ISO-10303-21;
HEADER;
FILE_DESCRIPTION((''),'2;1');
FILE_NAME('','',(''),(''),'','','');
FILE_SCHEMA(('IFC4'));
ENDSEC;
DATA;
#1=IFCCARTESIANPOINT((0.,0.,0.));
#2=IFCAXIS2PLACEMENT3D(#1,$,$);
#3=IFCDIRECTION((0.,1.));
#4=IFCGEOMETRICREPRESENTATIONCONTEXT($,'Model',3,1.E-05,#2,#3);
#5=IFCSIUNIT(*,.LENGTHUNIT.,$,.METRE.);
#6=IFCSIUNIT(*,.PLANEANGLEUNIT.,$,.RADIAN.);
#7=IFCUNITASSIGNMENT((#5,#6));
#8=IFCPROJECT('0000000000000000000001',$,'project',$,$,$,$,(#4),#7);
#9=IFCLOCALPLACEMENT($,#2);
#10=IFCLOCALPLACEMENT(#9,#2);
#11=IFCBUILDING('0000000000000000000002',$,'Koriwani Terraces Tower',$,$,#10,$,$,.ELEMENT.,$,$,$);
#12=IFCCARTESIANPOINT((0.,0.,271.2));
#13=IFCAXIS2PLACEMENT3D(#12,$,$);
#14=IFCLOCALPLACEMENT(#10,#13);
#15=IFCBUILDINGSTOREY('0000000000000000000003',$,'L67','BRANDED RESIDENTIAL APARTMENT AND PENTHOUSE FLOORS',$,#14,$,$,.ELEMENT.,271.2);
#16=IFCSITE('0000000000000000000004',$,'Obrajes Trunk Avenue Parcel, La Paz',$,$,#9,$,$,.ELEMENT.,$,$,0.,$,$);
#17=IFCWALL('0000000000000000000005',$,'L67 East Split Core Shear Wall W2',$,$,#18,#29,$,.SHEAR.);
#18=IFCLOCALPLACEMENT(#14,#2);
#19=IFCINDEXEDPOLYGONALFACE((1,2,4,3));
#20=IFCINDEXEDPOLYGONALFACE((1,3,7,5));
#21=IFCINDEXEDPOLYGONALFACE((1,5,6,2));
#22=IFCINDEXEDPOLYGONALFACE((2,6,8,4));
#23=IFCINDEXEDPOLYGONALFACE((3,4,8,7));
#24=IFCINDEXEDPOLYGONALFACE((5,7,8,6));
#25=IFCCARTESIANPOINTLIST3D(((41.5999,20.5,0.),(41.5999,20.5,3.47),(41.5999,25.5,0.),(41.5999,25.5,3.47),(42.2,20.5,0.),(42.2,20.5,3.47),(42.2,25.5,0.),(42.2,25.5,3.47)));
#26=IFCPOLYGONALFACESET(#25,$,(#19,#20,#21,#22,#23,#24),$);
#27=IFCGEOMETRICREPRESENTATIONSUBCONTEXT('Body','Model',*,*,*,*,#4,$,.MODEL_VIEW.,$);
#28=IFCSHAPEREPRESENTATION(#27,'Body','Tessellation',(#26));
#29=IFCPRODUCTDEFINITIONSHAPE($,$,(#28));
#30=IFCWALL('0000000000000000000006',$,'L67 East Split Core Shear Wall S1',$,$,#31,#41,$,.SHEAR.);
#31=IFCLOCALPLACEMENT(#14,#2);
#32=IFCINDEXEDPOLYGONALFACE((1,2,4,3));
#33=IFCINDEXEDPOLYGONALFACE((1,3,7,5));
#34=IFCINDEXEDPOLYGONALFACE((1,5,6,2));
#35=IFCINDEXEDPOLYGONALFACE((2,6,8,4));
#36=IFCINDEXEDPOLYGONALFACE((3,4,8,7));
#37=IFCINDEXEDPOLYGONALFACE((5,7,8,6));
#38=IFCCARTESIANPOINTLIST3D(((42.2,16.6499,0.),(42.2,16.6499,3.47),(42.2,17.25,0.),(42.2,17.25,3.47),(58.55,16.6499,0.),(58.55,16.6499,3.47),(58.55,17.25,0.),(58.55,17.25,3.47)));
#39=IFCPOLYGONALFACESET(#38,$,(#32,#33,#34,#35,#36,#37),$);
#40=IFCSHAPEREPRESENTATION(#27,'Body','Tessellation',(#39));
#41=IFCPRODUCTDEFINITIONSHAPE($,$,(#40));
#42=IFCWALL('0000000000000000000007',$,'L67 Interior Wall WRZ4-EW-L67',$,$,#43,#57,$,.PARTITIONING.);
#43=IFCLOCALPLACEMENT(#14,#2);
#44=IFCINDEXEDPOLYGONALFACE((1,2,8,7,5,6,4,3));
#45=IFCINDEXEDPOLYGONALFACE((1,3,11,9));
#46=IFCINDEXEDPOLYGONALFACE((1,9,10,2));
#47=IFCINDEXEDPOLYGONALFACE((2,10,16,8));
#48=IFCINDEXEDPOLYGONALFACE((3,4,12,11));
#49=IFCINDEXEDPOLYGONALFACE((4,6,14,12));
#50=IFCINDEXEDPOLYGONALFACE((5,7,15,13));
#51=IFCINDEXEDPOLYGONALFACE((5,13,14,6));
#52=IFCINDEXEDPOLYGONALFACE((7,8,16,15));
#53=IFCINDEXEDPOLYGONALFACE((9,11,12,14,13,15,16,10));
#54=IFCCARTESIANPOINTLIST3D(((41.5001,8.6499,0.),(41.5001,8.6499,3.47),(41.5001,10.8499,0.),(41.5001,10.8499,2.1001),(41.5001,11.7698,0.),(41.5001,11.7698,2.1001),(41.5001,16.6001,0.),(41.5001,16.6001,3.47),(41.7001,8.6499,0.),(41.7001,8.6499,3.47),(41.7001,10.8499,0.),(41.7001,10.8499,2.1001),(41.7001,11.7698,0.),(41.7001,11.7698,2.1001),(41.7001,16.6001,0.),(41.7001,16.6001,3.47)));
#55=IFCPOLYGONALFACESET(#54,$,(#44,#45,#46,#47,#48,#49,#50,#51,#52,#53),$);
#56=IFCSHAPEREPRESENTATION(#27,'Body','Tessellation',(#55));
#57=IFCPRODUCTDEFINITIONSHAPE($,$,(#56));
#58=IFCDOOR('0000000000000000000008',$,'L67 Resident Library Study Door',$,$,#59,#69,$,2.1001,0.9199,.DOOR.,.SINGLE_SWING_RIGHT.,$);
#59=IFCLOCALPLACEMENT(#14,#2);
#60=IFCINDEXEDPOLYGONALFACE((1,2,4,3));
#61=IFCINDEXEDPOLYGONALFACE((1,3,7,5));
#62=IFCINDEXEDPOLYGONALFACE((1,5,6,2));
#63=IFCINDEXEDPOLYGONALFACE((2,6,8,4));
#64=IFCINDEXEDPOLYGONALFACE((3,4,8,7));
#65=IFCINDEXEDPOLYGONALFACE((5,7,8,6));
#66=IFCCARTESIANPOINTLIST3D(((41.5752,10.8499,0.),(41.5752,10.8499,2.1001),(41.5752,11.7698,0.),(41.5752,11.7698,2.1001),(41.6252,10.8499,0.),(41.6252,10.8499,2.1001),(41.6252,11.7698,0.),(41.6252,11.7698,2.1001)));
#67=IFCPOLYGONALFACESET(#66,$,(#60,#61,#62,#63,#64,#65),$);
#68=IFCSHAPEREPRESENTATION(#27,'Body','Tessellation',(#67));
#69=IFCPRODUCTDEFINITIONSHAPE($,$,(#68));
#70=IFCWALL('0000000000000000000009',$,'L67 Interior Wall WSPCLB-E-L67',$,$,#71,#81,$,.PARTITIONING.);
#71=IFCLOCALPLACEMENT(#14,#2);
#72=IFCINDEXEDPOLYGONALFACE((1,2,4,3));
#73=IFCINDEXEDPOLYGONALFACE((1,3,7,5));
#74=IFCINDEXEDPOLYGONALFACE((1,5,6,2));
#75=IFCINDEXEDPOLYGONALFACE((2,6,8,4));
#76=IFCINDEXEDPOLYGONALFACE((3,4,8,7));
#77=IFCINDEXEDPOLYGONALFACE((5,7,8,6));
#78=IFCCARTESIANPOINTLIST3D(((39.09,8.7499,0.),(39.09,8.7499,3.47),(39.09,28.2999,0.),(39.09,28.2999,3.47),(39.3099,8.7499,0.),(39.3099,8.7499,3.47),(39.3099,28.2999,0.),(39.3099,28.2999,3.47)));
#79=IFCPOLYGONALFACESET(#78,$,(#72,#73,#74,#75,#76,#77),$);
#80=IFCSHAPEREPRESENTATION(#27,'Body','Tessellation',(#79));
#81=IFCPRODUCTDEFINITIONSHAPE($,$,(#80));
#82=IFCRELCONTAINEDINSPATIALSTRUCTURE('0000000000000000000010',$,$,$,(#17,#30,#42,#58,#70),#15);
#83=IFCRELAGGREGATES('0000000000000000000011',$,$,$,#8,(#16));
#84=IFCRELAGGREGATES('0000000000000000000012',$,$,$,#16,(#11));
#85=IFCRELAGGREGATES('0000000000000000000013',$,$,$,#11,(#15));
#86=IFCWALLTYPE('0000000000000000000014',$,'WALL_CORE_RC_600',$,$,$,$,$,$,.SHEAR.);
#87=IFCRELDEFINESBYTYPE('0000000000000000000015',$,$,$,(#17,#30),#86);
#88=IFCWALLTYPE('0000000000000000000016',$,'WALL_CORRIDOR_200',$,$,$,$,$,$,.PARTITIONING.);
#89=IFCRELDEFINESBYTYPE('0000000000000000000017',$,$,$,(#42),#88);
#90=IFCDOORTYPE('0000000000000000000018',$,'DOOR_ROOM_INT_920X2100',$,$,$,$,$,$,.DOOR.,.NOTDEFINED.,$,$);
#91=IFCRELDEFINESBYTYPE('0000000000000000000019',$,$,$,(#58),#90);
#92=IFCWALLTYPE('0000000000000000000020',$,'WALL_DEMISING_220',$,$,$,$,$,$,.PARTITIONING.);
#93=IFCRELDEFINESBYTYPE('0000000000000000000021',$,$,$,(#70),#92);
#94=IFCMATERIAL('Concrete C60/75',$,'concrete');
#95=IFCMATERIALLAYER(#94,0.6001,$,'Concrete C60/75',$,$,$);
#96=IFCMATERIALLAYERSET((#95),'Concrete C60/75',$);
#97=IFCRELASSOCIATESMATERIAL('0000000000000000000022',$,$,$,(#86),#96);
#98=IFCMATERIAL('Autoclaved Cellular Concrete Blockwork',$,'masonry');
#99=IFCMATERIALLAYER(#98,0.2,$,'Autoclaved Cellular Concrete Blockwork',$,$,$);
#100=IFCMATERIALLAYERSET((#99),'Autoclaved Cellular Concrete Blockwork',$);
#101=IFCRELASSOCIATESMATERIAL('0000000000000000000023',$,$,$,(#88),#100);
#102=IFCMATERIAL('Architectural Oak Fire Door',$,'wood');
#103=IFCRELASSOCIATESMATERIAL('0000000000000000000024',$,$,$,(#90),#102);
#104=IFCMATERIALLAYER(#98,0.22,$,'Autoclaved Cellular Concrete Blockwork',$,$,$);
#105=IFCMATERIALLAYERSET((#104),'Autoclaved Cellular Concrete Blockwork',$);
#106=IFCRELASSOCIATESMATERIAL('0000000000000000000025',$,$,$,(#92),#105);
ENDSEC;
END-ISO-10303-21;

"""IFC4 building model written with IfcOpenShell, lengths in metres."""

from ifc_helpers import new_model, si_unit, direction, frame, frame_2d, origin, place, context, subcontext, project, spatial, rectangle, extrude, material, layer, layer_set, type_object, element, fill, save


model = new_model("IFC4")

# Units and contexts
model_context = context("Model", 3, precision=1e-05, world=origin(), true_north=direction((0.0, 1.0)))
body_context = subcontext(model_context, "Body", "Model", "MODEL_VIEW")
ifc_project = project(units=[si_unit("LENGTHUNIT", "METRE"), si_unit("PLANEANGLEUNIT", "RADIAN")], contexts=[model_context])

# Site, building, storey
site_placement = place(None, origin())
site = spatial("IfcSite", under=ifc_project, at=site_placement, Name="Obrajes Trunk Avenue Parcel, La Paz", CompositionType="ELEMENT", RefElevation=0.0)
building_placement = place(site_placement, origin())
building = spatial("IfcBuilding", under=site, at=building_placement, Name="Koriwani Terraces Tower", CompositionType="ELEMENT")
storey_placement = place(building_placement, frame((0.0, 0.0, 271.2)))
storey = spatial("IfcBuildingStorey", under=building, at=storey_placement, Name="L67", Description="BRANDED RESIDENTIAL APARTMENT AND PENTHOUSE FLOORS", CompositionType="ELEMENT", Elevation=271.2)

# Walls
ifc_material_1 = material(Name="Concrete C60/75", Category="concrete")
ifc_layer_1 = layer(ifc_material_1, 0.6001, Name="Concrete C60/75")
ifc_layer_set_1 = layer_set([ifc_layer_1], Name="Concrete C60/75")
wall_type_1 = type_object("IfcWallType", Name="WALL_CORE_RC_600", PredefinedType="SHEAR", material=ifc_layer_set_1)
wall_1_placement = place(storey_placement, frame((41.8999, 20.5, 0.0), z_axis=(0.0, 0.0, 1.0), x_axis=(0.0, 1.0, 0.0)))
element("IfcWall", 1, at=wall_1_placement, inside=storey, type_object=wall_type_1, Name="L67 East Split Core Shear Wall W2", PredefinedType="SHEAR", context=body_context, shape_type="SweptSolid", body=[
    extrude(rectangle(XDim=5.0, YDim=0.6001, at=frame_2d((2.5, 0.0))), origin(), (0.0, 0.0, 1.0), 3.47),
])
wall_2_placement = place(storey_placement, frame((42.2, 16.95, 0.0), z_axis=(0.0, 0.0, 1.0), x_axis=(1.0, 0.0, 0.0)))
element("IfcWall", 2, at=wall_2_placement, inside=storey, type_object=wall_type_1, Name="L67 East Split Core Shear Wall S1", PredefinedType="SHEAR", context=body_context, shape_type="SweptSolid", body=[
    extrude(rectangle(XDim=16.3501, YDim=0.6001, at=frame_2d((8.175, 0.0))), origin(), (0.0, 0.0, 1.0), 3.47),
])

# Wall, opening, door
ifc_material_2 = material(Name="Autoclaved Cellular Concrete Blockwork", Category="masonry")
ifc_layer_2 = layer(ifc_material_2, 0.2, Name="Autoclaved Cellular Concrete Blockwork")
ifc_layer_set_2 = layer_set([ifc_layer_2], Name="Autoclaved Cellular Concrete Blockwork")
wall_type_2 = type_object("IfcWallType", Name="WALL_CORRIDOR_200", PredefinedType="PARTITIONING", material=ifc_layer_set_2)
wall_3_placement = place(storey_placement, frame((41.6001, 8.6499, 0.0), z_axis=(0.0, 0.0, 1.0), x_axis=(0.0, 1.0, 0.0)))
wall_3 = element("IfcWall", 3, at=wall_3_placement, inside=storey, type_object=wall_type_2, Name="L67 Interior Wall WRZ4-EW-L67", PredefinedType="PARTITIONING", context=body_context, shape_type="SweptSolid", body=[
    extrude(rectangle(XDim=7.9502, YDim=0.2, at=frame_2d((3.9751, 0.0))), origin(), (0.0, 0.0, 1.0), 3.47),
])
opening_1_placement = place(wall_3_placement, frame((2.2, 0.0, 0.0)))
opening_1 = element("IfcOpeningElement", 4, at=opening_1_placement, cuts=wall_3, PredefinedType="OPENING", context=body_context, shape_type="SweptSolid", body=[
    extrude(rectangle(XDim=0.9199, YDim=2.1001, at=frame_2d((0.46, 1.05))), frame((0.0, 0.1099, 0.0), z_axis=(0.0, -1.0, 0.0), x_axis=(1.0, 0.0, 0.0)), (0.0, 0.0, 1.0), 0.22),
])
ifc_material_3 = material(Name="Architectural Oak Fire Door", Category="wood")
door_type_1 = type_object("IfcDoorType", Name="DOOR_ROOM_INT_920X2100", OperationType="NOTDEFINED", PredefinedType="DOOR", material=ifc_material_3)
door_1_placement = place(opening_1_placement, origin())
door_1 = element("IfcDoor", 5, at=door_1_placement, inside=storey, type_object=door_type_1, Name="L67 Resident Library Study Door", OperationType="SINGLE_SWING_RIGHT", OverallHeight=2.1001, OverallWidth=0.9199, PredefinedType="DOOR", context=body_context, shape_type="SweptSolid", body=[
    extrude(rectangle(XDim=0.9199, YDim=2.1001, at=frame_2d((0.46, 1.05))), frame((0.0, 0.0249, 0.0), z_axis=(0.0, -1.0, 0.0), x_axis=(1.0, 0.0, 0.0)), (0.0, 0.0, 1.0), 0.05),
])
fill(opening_1, door_1)

# Wall
ifc_layer_3 = layer(ifc_material_2, 0.22, Name="Autoclaved Cellular Concrete Blockwork")
ifc_layer_set_3 = layer_set([ifc_layer_3], Name="Autoclaved Cellular Concrete Blockwork")
wall_type_3 = type_object("IfcWallType", Name="WALL_DEMISING_220", PredefinedType="PARTITIONING", material=ifc_layer_set_3)
wall_4_placement = place(storey_placement, frame((39.2, 8.75, 0.0), z_axis=(0.0, 0.0, 1.0), x_axis=(0.0, 1.0, 0.0)))
element("IfcWall", 6, at=wall_4_placement, inside=storey, type_object=wall_type_3, Name="L67 Interior Wall WSPCLB-E-L67", PredefinedType="PARTITIONING", context=body_context, shape_type="SweptSolid", body=[
    extrude(rectangle(XDim=19.55, YDim=0.22, at=frame_2d((9.7749, 0.0))), origin(), (0.0, 0.0, 1.0), 3.47),
])

save(model, "model.ifc")
